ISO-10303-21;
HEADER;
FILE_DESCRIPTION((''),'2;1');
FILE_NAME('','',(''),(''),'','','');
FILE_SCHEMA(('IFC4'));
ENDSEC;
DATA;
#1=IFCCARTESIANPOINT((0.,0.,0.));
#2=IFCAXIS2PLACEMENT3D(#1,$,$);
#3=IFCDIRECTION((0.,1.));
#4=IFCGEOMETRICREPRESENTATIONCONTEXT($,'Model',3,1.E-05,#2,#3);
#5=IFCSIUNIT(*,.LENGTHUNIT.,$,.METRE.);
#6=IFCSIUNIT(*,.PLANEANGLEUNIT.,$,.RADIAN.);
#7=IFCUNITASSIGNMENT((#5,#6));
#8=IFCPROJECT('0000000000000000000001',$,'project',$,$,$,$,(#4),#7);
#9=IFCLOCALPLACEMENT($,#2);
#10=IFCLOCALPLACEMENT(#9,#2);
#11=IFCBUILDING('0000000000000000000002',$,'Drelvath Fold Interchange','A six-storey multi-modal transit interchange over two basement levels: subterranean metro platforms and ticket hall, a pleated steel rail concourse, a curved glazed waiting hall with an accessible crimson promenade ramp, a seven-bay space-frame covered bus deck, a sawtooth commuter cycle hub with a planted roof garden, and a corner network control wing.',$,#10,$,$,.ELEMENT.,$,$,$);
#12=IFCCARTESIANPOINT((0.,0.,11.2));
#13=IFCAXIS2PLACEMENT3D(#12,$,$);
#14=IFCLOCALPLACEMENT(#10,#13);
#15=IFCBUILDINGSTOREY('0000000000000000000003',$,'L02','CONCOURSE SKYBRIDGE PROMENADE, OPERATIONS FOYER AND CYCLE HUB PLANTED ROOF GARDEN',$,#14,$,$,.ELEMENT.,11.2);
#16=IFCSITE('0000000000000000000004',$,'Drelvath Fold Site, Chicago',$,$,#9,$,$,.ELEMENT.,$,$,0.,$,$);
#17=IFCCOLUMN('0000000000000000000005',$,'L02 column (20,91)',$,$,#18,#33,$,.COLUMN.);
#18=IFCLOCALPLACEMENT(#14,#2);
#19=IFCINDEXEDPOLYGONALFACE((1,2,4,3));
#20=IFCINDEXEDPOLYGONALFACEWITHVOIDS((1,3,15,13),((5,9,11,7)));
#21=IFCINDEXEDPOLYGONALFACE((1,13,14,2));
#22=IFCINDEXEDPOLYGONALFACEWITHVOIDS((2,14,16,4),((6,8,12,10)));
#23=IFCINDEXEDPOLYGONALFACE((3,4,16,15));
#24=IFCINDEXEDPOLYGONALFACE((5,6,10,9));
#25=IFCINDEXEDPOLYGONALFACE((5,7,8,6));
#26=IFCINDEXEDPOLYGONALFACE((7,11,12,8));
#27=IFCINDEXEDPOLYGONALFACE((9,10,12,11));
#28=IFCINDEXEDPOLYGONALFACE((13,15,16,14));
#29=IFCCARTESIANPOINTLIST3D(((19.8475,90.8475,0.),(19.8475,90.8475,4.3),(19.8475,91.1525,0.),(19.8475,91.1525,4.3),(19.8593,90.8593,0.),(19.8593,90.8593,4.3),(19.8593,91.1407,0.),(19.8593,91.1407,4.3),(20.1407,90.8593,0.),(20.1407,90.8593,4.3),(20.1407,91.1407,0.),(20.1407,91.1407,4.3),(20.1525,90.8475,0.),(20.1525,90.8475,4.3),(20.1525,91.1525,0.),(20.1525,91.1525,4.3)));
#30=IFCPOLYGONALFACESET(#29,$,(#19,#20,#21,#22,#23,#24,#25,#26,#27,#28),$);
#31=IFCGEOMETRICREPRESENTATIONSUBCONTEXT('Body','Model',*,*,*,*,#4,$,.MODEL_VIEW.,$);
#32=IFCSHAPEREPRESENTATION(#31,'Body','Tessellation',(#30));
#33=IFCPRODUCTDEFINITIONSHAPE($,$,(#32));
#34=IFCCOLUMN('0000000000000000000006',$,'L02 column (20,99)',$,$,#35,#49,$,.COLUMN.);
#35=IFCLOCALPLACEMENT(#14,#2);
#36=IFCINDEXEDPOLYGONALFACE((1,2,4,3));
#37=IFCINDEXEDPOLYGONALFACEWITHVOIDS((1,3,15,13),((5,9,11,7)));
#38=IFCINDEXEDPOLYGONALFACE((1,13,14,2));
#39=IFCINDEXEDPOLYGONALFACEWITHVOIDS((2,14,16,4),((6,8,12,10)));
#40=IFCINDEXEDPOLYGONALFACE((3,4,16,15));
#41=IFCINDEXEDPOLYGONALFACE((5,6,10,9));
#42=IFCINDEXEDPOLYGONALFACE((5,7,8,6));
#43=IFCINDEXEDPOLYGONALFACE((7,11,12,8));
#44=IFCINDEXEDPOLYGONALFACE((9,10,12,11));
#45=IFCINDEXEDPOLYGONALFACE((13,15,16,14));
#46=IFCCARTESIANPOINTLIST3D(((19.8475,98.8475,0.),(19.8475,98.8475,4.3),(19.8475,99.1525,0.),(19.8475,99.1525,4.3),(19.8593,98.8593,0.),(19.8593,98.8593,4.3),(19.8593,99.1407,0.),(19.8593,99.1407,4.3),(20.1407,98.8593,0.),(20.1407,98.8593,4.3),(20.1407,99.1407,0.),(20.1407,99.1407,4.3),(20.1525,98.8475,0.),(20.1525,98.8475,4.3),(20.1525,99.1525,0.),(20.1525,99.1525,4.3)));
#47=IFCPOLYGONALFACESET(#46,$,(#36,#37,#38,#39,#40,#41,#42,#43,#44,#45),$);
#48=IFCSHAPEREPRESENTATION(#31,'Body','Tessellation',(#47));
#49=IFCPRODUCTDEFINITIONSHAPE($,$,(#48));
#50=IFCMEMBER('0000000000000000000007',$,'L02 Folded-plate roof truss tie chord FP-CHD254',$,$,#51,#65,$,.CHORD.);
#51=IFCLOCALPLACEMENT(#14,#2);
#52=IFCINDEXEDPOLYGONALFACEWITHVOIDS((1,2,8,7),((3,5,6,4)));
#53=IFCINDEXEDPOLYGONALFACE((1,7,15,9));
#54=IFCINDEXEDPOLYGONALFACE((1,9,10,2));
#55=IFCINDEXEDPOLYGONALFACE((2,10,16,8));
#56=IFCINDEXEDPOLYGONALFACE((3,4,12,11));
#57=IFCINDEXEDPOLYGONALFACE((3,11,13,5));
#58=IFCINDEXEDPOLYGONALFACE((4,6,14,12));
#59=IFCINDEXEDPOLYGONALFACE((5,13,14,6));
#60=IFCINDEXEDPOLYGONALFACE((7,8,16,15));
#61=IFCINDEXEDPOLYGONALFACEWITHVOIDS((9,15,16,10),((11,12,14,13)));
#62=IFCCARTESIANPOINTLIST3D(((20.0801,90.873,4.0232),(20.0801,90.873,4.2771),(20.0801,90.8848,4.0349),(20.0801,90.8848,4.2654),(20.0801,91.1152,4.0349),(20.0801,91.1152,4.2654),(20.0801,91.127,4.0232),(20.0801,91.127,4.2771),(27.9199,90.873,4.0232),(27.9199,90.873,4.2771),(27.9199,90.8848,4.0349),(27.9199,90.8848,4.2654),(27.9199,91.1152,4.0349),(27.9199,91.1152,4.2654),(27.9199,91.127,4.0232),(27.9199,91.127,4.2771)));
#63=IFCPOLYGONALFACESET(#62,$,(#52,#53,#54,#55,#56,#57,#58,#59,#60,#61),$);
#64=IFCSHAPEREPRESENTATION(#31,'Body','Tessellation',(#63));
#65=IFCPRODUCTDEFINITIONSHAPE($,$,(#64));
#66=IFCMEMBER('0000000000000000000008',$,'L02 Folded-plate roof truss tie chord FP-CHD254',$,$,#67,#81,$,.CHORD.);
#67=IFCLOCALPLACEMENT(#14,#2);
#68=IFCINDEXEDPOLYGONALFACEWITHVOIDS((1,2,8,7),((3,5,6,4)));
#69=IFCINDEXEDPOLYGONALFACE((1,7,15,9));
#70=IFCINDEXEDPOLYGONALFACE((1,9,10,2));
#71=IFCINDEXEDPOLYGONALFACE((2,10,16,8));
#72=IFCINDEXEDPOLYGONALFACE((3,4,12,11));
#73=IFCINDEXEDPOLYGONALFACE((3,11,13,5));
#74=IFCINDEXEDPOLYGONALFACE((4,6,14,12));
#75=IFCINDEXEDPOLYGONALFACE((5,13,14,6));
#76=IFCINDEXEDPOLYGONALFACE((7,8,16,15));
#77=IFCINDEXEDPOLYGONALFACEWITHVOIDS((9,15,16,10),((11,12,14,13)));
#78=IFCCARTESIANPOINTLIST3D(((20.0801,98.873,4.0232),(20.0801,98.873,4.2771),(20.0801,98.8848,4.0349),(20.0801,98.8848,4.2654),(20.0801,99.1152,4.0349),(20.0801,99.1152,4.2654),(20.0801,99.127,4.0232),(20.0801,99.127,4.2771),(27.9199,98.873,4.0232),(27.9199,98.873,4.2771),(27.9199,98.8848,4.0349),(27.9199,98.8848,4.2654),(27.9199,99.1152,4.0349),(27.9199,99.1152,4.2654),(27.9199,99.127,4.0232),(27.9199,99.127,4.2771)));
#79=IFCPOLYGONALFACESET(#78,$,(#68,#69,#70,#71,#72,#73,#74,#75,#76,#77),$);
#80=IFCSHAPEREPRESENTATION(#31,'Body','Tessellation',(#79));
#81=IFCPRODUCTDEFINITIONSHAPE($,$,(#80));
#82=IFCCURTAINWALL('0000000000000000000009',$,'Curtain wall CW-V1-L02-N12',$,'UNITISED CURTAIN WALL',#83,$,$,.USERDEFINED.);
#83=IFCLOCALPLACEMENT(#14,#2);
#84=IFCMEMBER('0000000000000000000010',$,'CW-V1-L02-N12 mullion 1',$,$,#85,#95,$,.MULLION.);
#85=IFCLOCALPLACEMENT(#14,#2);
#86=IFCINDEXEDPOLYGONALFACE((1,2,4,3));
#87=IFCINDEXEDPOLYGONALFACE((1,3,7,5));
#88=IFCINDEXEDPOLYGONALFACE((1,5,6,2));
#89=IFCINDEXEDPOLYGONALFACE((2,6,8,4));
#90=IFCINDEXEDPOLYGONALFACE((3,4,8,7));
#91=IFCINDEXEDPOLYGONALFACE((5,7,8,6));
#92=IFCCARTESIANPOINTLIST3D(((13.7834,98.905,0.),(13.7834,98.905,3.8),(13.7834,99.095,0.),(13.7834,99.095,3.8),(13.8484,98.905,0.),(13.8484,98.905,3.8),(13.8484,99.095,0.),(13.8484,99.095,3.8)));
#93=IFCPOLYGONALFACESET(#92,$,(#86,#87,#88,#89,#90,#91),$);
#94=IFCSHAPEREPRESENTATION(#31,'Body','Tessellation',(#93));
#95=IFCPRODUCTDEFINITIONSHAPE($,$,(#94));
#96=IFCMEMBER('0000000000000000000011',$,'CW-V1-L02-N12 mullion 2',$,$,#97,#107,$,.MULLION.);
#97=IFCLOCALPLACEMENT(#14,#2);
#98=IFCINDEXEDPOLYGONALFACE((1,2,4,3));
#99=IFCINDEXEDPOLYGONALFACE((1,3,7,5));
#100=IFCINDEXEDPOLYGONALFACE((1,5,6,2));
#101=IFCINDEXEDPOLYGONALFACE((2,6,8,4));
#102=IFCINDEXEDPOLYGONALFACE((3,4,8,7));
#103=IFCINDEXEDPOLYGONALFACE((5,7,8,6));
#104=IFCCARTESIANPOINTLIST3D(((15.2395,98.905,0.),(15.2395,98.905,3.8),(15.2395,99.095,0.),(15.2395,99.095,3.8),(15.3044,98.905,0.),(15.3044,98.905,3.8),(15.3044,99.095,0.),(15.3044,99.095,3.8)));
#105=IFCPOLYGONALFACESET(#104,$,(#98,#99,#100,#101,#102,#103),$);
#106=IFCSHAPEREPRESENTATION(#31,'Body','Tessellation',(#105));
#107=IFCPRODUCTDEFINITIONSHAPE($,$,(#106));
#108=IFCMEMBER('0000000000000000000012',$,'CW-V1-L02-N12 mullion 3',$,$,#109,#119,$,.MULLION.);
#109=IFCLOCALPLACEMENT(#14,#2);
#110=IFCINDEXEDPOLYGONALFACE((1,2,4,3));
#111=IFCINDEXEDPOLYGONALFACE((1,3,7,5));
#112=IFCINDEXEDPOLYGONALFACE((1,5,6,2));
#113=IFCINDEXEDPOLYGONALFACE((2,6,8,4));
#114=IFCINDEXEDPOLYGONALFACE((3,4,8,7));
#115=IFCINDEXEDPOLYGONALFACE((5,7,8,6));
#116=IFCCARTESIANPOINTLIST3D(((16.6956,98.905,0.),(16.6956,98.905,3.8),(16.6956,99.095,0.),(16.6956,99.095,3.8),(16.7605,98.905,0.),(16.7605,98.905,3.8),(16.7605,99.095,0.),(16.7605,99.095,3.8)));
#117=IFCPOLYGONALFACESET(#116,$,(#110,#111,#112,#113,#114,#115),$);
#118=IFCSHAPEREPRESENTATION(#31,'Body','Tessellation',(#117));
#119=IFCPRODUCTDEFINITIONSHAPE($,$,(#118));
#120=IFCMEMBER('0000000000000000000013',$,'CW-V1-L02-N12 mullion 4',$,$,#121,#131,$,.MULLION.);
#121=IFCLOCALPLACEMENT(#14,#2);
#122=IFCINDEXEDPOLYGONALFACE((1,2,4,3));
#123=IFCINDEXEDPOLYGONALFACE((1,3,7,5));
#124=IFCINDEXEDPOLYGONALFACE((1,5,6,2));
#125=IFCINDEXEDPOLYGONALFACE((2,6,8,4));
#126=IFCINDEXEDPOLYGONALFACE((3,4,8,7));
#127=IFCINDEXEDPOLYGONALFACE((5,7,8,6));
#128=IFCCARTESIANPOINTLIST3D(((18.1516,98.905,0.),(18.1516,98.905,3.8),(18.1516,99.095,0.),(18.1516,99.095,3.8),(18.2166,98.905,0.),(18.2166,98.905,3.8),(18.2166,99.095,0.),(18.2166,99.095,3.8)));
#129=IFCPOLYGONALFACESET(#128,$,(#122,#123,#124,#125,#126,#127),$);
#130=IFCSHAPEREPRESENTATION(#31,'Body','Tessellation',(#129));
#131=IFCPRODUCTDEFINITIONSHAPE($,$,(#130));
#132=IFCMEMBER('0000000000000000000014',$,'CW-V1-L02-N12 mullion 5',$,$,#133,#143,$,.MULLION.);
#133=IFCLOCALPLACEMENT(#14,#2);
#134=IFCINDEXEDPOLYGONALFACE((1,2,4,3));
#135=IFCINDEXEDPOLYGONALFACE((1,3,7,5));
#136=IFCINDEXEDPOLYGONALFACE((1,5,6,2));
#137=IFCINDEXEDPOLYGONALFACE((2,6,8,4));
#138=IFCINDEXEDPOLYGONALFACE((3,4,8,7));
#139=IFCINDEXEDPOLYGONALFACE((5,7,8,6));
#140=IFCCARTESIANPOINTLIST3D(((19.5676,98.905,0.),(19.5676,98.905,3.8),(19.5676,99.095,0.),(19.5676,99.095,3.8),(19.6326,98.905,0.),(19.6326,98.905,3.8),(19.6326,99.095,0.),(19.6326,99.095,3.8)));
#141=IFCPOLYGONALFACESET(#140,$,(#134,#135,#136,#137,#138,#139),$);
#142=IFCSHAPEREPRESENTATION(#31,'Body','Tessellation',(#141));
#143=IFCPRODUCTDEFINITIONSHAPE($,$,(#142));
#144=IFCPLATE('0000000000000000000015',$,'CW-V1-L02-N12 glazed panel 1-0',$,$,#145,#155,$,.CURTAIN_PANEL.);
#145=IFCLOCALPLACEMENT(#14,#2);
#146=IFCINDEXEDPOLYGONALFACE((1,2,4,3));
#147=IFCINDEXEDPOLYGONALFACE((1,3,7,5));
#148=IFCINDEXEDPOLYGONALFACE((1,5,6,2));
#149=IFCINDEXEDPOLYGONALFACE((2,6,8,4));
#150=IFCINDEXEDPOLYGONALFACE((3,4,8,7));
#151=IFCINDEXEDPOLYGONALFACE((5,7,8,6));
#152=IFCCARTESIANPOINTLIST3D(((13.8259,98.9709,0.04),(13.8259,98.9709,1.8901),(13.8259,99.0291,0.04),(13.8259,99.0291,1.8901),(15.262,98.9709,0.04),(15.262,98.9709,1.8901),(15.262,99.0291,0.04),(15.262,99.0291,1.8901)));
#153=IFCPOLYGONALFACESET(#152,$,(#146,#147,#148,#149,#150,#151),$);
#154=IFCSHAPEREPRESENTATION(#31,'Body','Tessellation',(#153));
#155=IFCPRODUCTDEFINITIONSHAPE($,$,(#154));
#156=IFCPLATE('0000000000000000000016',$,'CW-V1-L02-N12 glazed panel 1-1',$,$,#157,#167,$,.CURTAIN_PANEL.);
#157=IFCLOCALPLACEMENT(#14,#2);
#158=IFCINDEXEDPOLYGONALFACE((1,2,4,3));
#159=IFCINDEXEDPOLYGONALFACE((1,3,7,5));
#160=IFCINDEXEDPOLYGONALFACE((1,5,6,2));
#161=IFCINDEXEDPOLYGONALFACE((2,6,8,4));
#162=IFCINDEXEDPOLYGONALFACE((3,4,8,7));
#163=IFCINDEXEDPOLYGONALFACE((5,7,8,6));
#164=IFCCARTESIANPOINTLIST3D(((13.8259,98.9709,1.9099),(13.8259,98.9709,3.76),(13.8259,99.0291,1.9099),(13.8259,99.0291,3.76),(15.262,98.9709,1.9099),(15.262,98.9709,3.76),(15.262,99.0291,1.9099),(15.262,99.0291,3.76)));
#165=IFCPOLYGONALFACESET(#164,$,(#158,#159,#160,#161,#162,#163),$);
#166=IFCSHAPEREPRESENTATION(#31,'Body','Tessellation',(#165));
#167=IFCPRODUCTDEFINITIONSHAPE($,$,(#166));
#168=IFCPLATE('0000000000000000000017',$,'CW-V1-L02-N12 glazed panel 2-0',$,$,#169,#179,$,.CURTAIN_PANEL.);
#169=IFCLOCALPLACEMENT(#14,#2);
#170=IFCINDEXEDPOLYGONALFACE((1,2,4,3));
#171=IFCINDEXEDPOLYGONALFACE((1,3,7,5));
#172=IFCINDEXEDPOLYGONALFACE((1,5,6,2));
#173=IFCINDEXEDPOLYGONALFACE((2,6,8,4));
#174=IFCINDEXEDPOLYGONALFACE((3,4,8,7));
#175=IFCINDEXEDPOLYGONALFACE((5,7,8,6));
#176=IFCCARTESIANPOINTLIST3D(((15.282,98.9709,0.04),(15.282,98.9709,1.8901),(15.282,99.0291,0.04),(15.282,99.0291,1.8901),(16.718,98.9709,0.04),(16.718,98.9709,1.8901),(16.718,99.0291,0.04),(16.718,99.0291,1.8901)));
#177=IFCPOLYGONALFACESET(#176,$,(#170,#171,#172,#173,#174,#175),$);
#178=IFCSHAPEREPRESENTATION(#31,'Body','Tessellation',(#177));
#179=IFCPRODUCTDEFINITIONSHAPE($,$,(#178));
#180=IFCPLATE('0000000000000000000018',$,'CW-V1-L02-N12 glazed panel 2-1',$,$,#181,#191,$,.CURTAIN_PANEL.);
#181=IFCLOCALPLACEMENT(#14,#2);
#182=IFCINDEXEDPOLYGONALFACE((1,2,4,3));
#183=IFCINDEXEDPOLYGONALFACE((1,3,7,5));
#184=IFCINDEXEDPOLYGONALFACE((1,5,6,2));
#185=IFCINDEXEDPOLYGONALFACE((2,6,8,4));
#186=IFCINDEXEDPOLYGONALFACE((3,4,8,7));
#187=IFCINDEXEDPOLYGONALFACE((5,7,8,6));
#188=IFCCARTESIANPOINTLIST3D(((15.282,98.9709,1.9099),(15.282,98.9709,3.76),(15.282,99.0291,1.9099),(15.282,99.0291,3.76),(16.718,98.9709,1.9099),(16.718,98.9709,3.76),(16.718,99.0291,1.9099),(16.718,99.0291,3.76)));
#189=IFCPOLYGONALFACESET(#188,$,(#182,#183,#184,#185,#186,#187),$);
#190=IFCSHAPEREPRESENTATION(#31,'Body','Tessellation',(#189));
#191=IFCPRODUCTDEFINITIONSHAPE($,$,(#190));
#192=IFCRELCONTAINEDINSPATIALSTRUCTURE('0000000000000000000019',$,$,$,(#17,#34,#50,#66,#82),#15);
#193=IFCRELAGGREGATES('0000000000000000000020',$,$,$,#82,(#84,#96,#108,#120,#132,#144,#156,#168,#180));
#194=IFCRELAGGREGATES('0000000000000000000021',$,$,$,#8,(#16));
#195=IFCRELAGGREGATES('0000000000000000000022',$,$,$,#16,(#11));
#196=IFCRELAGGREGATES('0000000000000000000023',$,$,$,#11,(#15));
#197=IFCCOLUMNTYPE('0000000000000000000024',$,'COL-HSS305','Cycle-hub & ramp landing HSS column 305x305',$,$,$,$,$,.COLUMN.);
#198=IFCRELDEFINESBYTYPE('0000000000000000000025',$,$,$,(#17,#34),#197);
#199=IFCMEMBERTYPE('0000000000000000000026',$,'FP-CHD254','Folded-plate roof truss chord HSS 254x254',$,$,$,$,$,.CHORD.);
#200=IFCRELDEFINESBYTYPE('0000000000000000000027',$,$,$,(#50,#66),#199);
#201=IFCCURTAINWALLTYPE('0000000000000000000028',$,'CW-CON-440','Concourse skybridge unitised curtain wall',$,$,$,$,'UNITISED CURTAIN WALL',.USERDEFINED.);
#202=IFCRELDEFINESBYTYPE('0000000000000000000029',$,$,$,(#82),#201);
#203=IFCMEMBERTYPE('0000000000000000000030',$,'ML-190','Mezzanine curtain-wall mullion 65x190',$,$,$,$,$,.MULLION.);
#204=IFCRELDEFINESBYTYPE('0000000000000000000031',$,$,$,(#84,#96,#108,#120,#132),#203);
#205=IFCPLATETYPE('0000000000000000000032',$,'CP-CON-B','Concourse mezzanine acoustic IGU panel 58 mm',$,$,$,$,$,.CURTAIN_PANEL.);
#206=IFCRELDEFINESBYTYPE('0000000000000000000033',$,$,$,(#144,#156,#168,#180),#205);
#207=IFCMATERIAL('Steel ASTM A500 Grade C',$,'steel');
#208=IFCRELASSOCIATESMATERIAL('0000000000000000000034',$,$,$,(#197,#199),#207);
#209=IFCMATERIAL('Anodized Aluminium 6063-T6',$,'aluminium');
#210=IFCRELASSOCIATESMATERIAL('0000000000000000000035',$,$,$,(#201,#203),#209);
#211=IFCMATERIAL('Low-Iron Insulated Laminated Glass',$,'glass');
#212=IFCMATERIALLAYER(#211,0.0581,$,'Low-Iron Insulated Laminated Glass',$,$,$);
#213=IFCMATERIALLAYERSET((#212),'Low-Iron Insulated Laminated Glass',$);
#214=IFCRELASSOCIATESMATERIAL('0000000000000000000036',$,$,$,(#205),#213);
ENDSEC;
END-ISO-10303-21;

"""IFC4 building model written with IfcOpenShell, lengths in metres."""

from ifc_helpers import new_model, si_unit, direction, frame, origin, origin_2d, place, context, subcontext, project, spatial, rectangle, hollow_rectangle, extrude, material, layer, layer_set, material_profile, profile_set, type_object, element, aggregate, save


model = new_model("IFC4")

# Units and contexts
model_context = context("Model", 3, precision=1e-05, world=origin(), true_north=direction((0.0, 1.0)))
body_context = subcontext(model_context, "Body", "Model", "MODEL_VIEW")
ifc_project = project(units=[si_unit("LENGTHUNIT", "METRE"), si_unit("PLANEANGLEUNIT", "RADIAN")], contexts=[model_context])

# Site, building, storey
site_placement = place(None, origin())
site = spatial("IfcSite", under=ifc_project, at=site_placement, Name="Drelvath Fold Site, Chicago", CompositionType="ELEMENT", RefElevation=0.0)
building_placement = place(site_placement, origin())
building = spatial("IfcBuilding", under=site, at=building_placement, Name="Drelvath Fold Interchange", Description="A six-storey multi-modal transit interchange over two basement levels: subterranean metro platforms and ticket hall, a pleated steel rail concourse, a curved glazed waiting hall with an accessible crimson promenade ramp, a seven-bay space-frame covered bus deck, a sawtooth commuter cycle hub with a planted roof garden, and a corner network control wing.", CompositionType="ELEMENT")
storey_placement = place(building_placement, frame((0.0, 0.0, 11.2)))
storey = spatial("IfcBuildingStorey", under=building, at=storey_placement, Name="L02", Description="CONCOURSE SKYBRIDGE PROMENADE, OPERATIONS FOYER AND CYCLE HUB PLANTED ROOF GARDEN", CompositionType="ELEMENT", Elevation=11.2)

# Columns
ifc_material_1 = material(Name="Steel ASTM A500 Grade C", Category="steel")
ifc_material_profile_1 = material_profile(ifc_material_1, hollow_rectangle(XDim=0.3049, YDim=0.3049, WallThickness=0.0117, at=origin_2d()), Name="HSS12X12X1/2")
ifc_profile_set_1 = profile_set([ifc_material_profile_1], Name="Steel ASTM A500 Grade C")
column_type = type_object("IfcColumnType", Name="COL-HSS305", Description="Cycle-hub & ramp landing HSS column 305x305", PredefinedType="COLUMN", material=ifc_profile_set_1)
for number, where, z_axis, x_axis, name in (
    (1, (20.0, 91.0, 0.0), (0.0, 0.0, 1.0), (1.0, 0.0, 0.0), "L02 column (20,91)"),
    (2, (20.0, 99.0, 0.0), (0.0, 0.0, 1.0), (1.0, 0.0, 0.0), "L02 column (20,99)"),
):
    element("IfcColumn", number, at=place(storey_placement, frame(where, z_axis=z_axis, x_axis=x_axis)), inside=storey, type_object=column_type, Name=name, PredefinedType="COLUMN", context=body_context, shape_type="SweptSolid", body=[
        extrude(hollow_rectangle(XDim=0.3049, YDim=0.3049, WallThickness=0.0117, at=origin_2d()), origin(), (0.0, 0.0, 1.0), 4.3),
    ])

# Members
ifc_material_profile_2 = material_profile(ifc_material_1, hollow_rectangle(XDim=0.2539, YDim=0.2539, WallThickness=0.0117, at=origin_2d()), Name="HSS10X10X1/2")
ifc_profile_set_2 = profile_set([ifc_material_profile_2], Name="Steel ASTM A500 Grade C")
member_type_1 = type_object("IfcMemberType", Name="FP-CHD254", Description="Folded-plate roof truss chord HSS 254x254", PredefinedType="CHORD", material=ifc_profile_set_2)
for number, where, z_axis, x_axis, name in (
    (3, (20.0801, 91.0, 4.1501), (1.0, 0.0, 0.0), (0.0, 1.0, 0.0), "L02 Folded-plate roof truss tie chord FP-CHD254"),
    (4, (20.0801, 99.0, 4.1501), (1.0, 0.0, 0.0), (0.0, 1.0, 0.0), "L02 Folded-plate roof truss tie chord FP-CHD254"),
):
    element("IfcMember", number, at=place(storey_placement, frame(where, z_axis=z_axis, x_axis=x_axis)), inside=storey, type_object=member_type_1, Name=name, PredefinedType="CHORD", context=body_context, shape_type="SweptSolid", body=[
        extrude(hollow_rectangle(XDim=0.2539, YDim=0.2539, WallThickness=0.0117, at=origin_2d()), origin(), (0.0, 0.0, 1.0), 7.8398),
    ])

# Curtain wall, members, plates
ifc_material_2 = material(Name="Anodized Aluminium 6063-T6", Category="aluminium")
curtain_wall_type = type_object("IfcCurtainWallType", Name="CW-CON-440", Description="Concourse skybridge unitised curtain wall", ElementType="UNITISED CURTAIN WALL", PredefinedType="USERDEFINED", material=ifc_material_2)
curtain_wall_placement = place(storey_placement, origin())
curtain_wall = element("IfcCurtainWall", 5, at=curtain_wall_placement, inside=storey, type_object=curtain_wall_type, Name="Curtain wall CW-V1-L02-N12", ObjectType="UNITISED CURTAIN WALL", PredefinedType="USERDEFINED")
ifc_material_profile_3 = material_profile(ifc_material_2, rectangle(XDim=0.0649, YDim=0.1899, at=origin_2d()), Name="AL-M 65x190")
ifc_profile_set_3 = profile_set([ifc_material_profile_3], Name="Anodized Aluminium 6063-T6")
member_type_2 = type_object("IfcMemberType", Name="ML-190", Description="Mezzanine curtain-wall mullion 65x190", PredefinedType="MULLION", material=ifc_profile_set_3)
member_1_placement = place(storey_placement, frame((13.8159, 99.0, 0.0), z_axis=(0.0, 0.0, 1.0), x_axis=(1.0, 0.0, 0.0)))
member_1 = element("IfcMember", 6, at=member_1_placement, type_object=member_type_2, Name="CW-V1-L02-N12 mullion 1", PredefinedType="MULLION", context=body_context, shape_type="SweptSolid", body=[
    extrude(rectangle(XDim=0.0649, YDim=0.1899, at=origin_2d()), origin(), (0.0, 0.0, 1.0), 3.8),
])
member_2_placement = place(storey_placement, frame((15.272, 99.0, 0.0), z_axis=(0.0, 0.0, 1.0), x_axis=(1.0, 0.0, 0.0)))
member_2 = element("IfcMember", 7, at=member_2_placement, type_object=member_type_2, Name="CW-V1-L02-N12 mullion 2", PredefinedType="MULLION", context=body_context, shape_type="SweptSolid", body=[
    extrude(rectangle(XDim=0.0649, YDim=0.1899, at=origin_2d()), origin(), (0.0, 0.0, 1.0), 3.8),
])
member_3_placement = place(storey_placement, frame((16.728, 99.0, 0.0), z_axis=(0.0, 0.0, 1.0), x_axis=(1.0, 0.0, 0.0)))
member_3 = element("IfcMember", 8, at=member_3_placement, type_object=member_type_2, Name="CW-V1-L02-N12 mullion 3", PredefinedType="MULLION", context=body_context, shape_type="SweptSolid", body=[
    extrude(rectangle(XDim=0.0649, YDim=0.1899, at=origin_2d()), origin(), (0.0, 0.0, 1.0), 3.8),
])
member_4_placement = place(storey_placement, frame((18.1841, 99.0, 0.0), z_axis=(0.0, 0.0, 1.0), x_axis=(1.0, 0.0, 0.0)))
member_4 = element("IfcMember", 9, at=member_4_placement, type_object=member_type_2, Name="CW-V1-L02-N12 mullion 4", PredefinedType="MULLION", context=body_context, shape_type="SweptSolid", body=[
    extrude(rectangle(XDim=0.0649, YDim=0.1899, at=origin_2d()), origin(), (0.0, 0.0, 1.0), 3.8),
])
member_5_placement = place(storey_placement, frame((19.6001, 99.0, 0.0), z_axis=(0.0, 0.0, 1.0), x_axis=(1.0, 0.0, 0.0)))
member_5 = element("IfcMember", 10, at=member_5_placement, type_object=member_type_2, Name="CW-V1-L02-N12 mullion 5", PredefinedType="MULLION", context=body_context, shape_type="SweptSolid", body=[
    extrude(rectangle(XDim=0.0649, YDim=0.1899, at=origin_2d()), origin(), (0.0, 0.0, 1.0), 3.8),
])
ifc_material_3 = material(Name="Low-Iron Insulated Laminated Glass", Category="glass")
ifc_layer_1 = layer(ifc_material_3, 0.0581, Name="Low-Iron Insulated Laminated Glass")
ifc_layer_set_1 = layer_set([ifc_layer_1], Name="Low-Iron Insulated Laminated Glass")
plate_type = type_object("IfcPlateType", Name="CP-CON-B", Description="Concourse mezzanine acoustic IGU panel 58 mm", PredefinedType="CURTAIN_PANEL", material=ifc_layer_set_1)
plate_1_placement = place(storey_placement, frame((14.5439, 99.0, 0.04), z_axis=(0.0, 0.0, 1.0), x_axis=(1.0, 0.0, 0.0)))
plate_1 = element("IfcPlate", 11, at=plate_1_placement, type_object=plate_type, Name="CW-V1-L02-N12 glazed panel 1-0", PredefinedType="CURTAIN_PANEL", context=body_context, shape_type="SweptSolid", body=[
    extrude(rectangle(XDim=1.436, YDim=0.0581, at=origin_2d()), origin(), (0.0, 0.0, 1.0), 1.8501),
])
plate_2_placement = place(storey_placement, frame((14.5439, 99.0, 1.9099), z_axis=(0.0, 0.0, 1.0), x_axis=(1.0, 0.0, 0.0)))
plate_2 = element("IfcPlate", 12, at=plate_2_placement, type_object=plate_type, Name="CW-V1-L02-N12 glazed panel 1-1", PredefinedType="CURTAIN_PANEL", context=body_context, shape_type="SweptSolid", body=[
    extrude(rectangle(XDim=1.436, YDim=0.0581, at=origin_2d()), origin(), (0.0, 0.0, 1.0), 1.8501),
])
plate_3_placement = place(storey_placement, frame((16.0, 99.0, 0.04), z_axis=(0.0, 0.0, 1.0), x_axis=(1.0, 0.0, 0.0)))
plate_3 = element("IfcPlate", 13, at=plate_3_placement, type_object=plate_type, Name="CW-V1-L02-N12 glazed panel 2-0", PredefinedType="CURTAIN_PANEL", context=body_context, shape_type="SweptSolid", body=[
    extrude(rectangle(XDim=1.436, YDim=0.0581, at=origin_2d()), origin(), (0.0, 0.0, 1.0), 1.8501),
])
plate_4_placement = place(storey_placement, frame((16.0, 99.0, 1.9099), z_axis=(0.0, 0.0, 1.0), x_axis=(1.0, 0.0, 0.0)))
plate_4 = element("IfcPlate", 14, at=plate_4_placement, type_object=plate_type, Name="CW-V1-L02-N12 glazed panel 2-1", PredefinedType="CURTAIN_PANEL", context=body_context, shape_type="SweptSolid", body=[
    extrude(rectangle(XDim=1.436, YDim=0.0581, at=origin_2d()), origin(), (0.0, 0.0, 1.0), 1.8501),
])
aggregate(curtain_wall, [member_1, member_2, member_3, member_4, member_5, plate_1, plate_2, plate_3, plate_4])

save(model, "model.ifc")
